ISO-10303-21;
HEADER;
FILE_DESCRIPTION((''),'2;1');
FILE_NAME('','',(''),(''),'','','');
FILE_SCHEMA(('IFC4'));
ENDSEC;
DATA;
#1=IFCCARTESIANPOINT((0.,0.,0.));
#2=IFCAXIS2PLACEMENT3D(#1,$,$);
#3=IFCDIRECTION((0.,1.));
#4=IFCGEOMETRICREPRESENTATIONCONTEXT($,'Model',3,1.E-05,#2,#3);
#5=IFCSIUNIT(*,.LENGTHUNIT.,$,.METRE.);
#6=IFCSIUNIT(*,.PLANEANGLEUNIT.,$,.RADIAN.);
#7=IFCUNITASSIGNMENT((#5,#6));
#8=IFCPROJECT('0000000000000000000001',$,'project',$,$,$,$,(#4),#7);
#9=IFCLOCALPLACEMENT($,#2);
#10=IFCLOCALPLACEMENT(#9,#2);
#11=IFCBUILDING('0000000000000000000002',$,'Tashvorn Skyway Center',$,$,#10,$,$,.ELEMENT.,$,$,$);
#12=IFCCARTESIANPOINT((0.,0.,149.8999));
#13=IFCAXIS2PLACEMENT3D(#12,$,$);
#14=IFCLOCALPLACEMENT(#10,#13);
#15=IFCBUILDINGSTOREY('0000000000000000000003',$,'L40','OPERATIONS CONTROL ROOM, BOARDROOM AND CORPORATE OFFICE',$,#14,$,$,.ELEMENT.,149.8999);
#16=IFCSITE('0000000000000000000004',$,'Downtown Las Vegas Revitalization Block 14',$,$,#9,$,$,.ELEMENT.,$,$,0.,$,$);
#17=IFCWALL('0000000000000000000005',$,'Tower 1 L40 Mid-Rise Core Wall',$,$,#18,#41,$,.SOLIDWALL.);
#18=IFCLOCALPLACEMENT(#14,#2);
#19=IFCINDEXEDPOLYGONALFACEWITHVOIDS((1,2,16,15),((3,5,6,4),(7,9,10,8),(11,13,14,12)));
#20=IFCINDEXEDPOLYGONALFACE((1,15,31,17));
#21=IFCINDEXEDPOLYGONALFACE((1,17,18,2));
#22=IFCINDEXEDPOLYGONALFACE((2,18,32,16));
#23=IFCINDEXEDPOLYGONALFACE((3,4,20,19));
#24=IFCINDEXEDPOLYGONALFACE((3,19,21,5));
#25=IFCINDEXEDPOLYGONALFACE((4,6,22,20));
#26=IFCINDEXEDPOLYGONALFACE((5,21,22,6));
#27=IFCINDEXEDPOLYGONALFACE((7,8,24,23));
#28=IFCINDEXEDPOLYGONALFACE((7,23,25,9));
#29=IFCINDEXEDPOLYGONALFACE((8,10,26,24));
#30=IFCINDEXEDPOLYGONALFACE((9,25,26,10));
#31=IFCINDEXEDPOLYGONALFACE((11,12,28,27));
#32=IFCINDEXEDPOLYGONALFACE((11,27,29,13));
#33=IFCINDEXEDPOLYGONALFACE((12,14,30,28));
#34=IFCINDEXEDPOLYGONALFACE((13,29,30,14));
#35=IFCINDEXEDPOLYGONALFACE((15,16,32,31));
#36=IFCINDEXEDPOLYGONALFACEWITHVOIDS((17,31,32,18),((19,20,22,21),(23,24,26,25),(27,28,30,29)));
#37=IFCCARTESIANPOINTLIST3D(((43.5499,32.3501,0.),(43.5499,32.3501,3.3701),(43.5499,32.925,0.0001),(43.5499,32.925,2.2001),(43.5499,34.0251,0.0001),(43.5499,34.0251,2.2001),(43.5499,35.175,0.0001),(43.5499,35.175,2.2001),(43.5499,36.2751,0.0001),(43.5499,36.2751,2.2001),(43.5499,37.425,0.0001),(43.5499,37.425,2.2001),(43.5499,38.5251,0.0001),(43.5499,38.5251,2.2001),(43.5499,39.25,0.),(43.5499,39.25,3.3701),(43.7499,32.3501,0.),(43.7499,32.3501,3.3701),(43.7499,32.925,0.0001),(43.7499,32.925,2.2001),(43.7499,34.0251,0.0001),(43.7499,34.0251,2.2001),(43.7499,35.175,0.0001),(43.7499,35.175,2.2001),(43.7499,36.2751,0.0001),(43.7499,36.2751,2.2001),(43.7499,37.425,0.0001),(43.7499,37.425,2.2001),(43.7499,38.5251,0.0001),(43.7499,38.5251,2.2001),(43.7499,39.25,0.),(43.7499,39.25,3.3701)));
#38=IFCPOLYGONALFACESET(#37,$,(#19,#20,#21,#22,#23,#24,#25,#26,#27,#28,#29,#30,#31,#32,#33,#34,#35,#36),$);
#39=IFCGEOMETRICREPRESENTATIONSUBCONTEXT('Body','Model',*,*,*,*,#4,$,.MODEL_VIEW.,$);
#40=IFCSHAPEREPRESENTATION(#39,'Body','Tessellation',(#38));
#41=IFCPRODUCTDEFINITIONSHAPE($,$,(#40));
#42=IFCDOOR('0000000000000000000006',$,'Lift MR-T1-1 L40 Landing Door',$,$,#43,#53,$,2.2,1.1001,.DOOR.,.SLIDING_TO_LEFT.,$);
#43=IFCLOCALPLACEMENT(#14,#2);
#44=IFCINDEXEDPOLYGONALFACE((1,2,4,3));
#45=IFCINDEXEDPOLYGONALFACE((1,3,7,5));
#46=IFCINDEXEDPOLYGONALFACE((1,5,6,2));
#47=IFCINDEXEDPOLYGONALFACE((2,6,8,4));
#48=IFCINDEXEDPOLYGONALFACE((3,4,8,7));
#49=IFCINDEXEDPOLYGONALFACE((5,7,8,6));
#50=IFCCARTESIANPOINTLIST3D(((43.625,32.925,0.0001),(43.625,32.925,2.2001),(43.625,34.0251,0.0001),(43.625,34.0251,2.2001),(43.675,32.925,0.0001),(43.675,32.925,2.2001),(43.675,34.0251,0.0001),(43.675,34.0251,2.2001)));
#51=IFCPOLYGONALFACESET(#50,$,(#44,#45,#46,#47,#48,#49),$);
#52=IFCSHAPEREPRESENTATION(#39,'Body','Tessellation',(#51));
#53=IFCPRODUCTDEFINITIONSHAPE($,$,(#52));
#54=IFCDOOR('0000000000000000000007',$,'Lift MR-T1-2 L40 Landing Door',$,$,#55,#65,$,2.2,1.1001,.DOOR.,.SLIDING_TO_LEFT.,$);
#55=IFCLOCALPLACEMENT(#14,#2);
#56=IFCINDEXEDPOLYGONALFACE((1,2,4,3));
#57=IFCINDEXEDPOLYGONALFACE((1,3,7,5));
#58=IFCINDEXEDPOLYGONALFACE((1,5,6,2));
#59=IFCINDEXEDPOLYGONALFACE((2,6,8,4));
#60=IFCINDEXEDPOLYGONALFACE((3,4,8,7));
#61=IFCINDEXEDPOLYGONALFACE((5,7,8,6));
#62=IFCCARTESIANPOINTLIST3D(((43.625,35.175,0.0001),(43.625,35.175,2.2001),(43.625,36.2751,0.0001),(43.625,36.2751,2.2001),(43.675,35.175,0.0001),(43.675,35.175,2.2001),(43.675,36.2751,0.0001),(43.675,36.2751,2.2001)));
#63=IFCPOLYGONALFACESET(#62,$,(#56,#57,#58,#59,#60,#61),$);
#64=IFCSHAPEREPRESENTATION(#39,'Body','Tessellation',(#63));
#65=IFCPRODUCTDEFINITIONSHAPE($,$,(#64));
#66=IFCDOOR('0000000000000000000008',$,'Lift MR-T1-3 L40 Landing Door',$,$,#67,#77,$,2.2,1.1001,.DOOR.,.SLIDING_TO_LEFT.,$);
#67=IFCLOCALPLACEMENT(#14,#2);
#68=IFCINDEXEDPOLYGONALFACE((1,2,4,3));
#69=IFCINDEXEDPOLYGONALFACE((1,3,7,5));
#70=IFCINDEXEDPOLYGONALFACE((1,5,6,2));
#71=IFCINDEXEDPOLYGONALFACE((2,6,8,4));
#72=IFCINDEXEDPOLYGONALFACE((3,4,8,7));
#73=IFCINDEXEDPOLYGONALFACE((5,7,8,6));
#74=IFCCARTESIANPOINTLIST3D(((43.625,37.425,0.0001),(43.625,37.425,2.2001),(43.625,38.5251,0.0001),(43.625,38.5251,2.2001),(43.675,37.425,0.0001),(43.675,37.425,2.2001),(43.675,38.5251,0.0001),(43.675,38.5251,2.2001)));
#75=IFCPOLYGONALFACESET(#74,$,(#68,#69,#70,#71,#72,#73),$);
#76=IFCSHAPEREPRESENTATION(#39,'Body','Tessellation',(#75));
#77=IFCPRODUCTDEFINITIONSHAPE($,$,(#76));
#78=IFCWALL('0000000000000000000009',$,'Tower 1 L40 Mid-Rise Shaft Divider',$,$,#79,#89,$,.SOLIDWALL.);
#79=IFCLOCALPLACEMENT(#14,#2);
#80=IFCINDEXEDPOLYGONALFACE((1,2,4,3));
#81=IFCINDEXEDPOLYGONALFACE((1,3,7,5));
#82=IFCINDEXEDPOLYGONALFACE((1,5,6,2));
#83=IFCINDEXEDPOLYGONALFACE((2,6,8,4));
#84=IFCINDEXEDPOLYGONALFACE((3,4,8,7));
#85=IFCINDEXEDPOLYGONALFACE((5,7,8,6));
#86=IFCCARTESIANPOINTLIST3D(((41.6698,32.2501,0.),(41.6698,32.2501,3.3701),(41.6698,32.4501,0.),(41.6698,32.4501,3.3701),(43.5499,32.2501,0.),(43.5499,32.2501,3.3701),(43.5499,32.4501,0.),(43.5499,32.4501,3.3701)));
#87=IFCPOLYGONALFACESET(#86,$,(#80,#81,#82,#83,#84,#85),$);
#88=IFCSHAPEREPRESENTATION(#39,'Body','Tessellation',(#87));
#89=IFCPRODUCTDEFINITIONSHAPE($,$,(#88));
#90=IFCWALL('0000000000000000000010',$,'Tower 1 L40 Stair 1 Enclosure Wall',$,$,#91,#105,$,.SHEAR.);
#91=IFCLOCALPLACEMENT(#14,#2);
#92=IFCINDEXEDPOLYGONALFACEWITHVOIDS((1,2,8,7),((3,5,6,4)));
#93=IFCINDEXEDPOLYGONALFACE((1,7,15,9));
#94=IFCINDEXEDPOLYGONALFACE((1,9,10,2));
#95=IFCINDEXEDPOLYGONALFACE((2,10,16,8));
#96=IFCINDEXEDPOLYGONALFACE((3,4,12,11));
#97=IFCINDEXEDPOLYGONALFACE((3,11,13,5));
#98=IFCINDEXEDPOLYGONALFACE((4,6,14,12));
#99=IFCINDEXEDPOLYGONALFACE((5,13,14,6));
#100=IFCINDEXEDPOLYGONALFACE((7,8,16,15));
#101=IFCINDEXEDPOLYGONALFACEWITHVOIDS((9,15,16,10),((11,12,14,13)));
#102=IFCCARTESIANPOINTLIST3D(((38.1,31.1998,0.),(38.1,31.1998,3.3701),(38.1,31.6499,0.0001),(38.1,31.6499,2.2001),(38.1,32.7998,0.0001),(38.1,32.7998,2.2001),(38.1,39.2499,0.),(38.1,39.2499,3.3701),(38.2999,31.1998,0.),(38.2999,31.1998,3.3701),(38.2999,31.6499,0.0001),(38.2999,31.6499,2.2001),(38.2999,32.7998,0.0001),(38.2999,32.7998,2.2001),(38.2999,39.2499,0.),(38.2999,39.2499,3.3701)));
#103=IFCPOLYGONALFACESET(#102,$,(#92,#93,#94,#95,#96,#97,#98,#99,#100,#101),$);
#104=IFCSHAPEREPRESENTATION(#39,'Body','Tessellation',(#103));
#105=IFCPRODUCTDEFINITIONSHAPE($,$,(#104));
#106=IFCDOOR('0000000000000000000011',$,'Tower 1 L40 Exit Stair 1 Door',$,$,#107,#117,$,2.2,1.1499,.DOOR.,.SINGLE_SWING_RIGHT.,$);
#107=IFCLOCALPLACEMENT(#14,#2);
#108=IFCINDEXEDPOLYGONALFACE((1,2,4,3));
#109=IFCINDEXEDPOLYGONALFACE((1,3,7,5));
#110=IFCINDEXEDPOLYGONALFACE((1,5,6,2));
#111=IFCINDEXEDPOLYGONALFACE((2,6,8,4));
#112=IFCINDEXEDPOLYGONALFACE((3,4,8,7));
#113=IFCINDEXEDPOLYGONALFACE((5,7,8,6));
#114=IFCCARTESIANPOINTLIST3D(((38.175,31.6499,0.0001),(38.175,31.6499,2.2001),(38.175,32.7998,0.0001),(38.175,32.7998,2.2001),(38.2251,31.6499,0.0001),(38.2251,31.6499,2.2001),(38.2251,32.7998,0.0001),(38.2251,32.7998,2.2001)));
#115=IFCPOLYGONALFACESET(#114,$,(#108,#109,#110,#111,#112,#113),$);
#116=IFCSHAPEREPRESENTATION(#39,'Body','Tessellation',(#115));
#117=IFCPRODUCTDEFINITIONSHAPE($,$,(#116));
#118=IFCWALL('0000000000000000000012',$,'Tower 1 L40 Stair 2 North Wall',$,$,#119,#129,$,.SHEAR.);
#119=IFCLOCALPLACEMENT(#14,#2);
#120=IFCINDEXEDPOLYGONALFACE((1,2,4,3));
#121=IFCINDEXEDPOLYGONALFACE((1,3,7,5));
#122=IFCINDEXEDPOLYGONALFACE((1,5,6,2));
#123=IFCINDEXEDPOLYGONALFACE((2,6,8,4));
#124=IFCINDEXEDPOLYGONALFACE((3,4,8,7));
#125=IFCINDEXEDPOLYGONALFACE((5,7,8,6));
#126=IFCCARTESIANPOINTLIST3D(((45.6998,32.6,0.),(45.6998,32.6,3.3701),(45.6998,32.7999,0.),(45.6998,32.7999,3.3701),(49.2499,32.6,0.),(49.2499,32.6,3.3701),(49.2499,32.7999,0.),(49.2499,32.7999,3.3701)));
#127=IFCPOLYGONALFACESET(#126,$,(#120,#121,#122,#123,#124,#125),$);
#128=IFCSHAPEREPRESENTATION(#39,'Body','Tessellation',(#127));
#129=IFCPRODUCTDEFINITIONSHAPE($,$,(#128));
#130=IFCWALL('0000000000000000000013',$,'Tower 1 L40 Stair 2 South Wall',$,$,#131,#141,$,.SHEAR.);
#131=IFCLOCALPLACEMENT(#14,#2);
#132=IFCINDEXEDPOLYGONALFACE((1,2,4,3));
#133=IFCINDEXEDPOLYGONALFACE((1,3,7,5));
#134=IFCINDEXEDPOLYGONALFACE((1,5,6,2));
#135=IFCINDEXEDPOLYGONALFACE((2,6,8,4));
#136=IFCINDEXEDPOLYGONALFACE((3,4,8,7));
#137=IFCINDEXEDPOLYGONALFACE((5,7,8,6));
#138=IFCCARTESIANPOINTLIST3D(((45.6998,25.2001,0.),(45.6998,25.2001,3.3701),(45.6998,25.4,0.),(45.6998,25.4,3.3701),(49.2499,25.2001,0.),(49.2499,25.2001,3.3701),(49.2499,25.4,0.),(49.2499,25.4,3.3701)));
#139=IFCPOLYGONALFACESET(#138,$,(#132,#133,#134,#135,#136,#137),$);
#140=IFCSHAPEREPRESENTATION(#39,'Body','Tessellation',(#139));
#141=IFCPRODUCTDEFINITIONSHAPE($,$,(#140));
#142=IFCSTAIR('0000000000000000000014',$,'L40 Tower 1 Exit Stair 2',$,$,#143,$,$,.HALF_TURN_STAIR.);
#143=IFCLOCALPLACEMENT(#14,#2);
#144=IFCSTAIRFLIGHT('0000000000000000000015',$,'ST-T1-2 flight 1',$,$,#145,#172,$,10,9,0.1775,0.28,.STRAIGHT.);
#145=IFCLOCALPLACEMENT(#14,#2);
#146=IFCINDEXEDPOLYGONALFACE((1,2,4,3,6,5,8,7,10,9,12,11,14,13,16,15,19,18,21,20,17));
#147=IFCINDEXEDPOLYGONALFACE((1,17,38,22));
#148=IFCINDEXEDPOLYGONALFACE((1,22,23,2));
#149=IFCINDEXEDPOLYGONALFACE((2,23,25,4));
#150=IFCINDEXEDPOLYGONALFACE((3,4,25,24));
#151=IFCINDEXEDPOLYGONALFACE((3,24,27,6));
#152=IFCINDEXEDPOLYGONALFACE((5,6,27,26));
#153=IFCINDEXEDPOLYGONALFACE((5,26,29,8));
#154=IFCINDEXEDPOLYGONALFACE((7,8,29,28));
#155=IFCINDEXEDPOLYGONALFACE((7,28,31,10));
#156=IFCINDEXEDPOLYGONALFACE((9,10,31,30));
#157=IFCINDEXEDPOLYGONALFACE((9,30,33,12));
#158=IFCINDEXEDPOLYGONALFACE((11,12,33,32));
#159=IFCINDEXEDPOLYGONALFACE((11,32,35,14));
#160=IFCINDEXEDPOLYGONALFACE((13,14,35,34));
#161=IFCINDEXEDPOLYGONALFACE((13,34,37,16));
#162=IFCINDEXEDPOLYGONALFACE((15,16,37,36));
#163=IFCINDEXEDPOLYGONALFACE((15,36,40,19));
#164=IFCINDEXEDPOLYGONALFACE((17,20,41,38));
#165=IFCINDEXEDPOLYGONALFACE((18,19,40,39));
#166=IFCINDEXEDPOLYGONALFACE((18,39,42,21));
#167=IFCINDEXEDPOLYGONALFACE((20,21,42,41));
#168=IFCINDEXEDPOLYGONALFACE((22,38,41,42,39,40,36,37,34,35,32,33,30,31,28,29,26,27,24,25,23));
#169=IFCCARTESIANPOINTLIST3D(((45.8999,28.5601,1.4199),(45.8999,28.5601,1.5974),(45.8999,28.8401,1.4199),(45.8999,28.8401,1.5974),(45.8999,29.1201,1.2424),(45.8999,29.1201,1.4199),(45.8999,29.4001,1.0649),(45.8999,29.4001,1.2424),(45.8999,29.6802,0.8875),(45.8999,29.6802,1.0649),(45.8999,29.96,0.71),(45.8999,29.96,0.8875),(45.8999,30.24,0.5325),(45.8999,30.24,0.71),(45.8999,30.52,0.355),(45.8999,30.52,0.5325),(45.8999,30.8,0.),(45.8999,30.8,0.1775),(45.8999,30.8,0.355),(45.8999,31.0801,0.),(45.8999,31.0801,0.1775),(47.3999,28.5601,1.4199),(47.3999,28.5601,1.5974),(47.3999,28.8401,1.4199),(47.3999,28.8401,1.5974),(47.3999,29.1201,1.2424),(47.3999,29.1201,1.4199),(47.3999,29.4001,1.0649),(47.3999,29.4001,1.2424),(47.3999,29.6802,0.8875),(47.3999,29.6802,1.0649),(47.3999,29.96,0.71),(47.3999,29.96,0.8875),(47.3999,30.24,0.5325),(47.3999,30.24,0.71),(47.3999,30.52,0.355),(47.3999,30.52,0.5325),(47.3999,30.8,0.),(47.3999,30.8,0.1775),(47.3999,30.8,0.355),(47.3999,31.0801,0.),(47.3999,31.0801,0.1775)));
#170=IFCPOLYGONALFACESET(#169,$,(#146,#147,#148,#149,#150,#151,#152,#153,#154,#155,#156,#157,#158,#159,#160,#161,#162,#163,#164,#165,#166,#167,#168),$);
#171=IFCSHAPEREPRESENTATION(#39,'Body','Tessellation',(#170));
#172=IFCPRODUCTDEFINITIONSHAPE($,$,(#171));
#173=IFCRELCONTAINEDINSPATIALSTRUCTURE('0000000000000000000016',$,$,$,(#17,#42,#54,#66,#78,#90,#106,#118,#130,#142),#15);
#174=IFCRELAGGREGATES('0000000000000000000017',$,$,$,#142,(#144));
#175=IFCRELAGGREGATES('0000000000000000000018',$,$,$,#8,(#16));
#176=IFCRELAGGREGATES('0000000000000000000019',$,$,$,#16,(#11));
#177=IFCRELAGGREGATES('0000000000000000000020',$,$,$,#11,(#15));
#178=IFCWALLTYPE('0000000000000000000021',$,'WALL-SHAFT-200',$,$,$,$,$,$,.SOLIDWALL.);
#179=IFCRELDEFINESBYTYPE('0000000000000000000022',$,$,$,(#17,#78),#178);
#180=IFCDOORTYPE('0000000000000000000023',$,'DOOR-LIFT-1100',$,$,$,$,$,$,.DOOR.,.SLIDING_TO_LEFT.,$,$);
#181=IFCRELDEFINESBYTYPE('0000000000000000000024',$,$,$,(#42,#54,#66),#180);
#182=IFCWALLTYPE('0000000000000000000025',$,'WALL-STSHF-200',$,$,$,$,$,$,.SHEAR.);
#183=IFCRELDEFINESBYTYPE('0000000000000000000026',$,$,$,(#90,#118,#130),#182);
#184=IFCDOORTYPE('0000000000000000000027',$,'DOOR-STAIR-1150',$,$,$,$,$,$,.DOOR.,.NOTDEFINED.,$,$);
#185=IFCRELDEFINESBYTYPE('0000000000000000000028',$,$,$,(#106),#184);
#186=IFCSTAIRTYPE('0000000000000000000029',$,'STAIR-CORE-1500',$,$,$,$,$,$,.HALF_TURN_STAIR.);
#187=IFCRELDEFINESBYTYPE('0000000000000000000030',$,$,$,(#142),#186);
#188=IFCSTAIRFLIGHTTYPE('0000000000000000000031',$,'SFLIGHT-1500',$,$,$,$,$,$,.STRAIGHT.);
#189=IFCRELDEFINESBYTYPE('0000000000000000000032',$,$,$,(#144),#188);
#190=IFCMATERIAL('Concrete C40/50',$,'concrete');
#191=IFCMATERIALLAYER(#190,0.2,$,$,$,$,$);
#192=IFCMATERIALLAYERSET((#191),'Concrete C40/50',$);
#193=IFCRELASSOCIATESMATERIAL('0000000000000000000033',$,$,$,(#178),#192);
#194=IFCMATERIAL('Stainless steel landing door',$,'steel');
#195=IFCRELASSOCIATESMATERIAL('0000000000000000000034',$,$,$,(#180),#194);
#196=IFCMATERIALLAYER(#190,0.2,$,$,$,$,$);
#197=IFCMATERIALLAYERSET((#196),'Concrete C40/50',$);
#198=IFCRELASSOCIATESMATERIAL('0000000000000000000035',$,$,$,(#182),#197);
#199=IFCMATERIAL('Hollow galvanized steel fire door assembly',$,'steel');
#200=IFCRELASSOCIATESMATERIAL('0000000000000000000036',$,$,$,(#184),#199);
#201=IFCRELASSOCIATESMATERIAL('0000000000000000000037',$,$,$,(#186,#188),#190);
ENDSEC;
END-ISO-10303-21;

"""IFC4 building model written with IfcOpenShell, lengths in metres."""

from ifc_helpers import new_model, si_unit, direction, frame, frame_2d, origin, place, context, subcontext, project, spatial, polyline, rectangle, outline, extrude, material, layer, layer_set, type_object, element, fill, aggregate, save


model = new_model("IFC4")

# Units and contexts
model_context = context("Model", 3, precision=1e-05, world=origin(), true_north=direction((0.0, 1.0)))
body_context = subcontext(model_context, "Body", "Model", "MODEL_VIEW")
ifc_project = project(units=[si_unit("LENGTHUNIT", "METRE"), si_unit("PLANEANGLEUNIT", "RADIAN")], contexts=[model_context])

# Site, building, storey
site_placement = place(None, origin())
site = spatial("IfcSite", under=ifc_project, at=site_placement, Name="Downtown Las Vegas Revitalization Block 14", CompositionType="ELEMENT", RefElevation=0.0)
building_placement = place(site_placement, origin())
building = spatial("IfcBuilding", under=site, at=building_placement, Name="Tashvorn Skyway Center", CompositionType="ELEMENT")
storey_placement = place(building_placement, frame((0.0, 0.0, 149.8999)))
storey = spatial("IfcBuildingStorey", under=building, at=storey_placement, Name="L40", Description="OPERATIONS CONTROL ROOM, BOARDROOM AND CORPORATE OFFICE", CompositionType="ELEMENT", Elevation=149.8999)

# Shared definitions
ifc_material_1 = material(Name="Concrete C40/50", Category="concrete")
ifc_material_2 = material(Name="Hollow galvanized steel fire door assembly", Category="steel")

# Wall, openings, doors
ifc_layer_1 = layer(ifc_material_1, 0.2)
ifc_layer_set_1 = layer_set([ifc_layer_1], Name="Concrete C40/50")
wall_type_1 = type_object("IfcWallType", Name="WALL-SHAFT-200", PredefinedType="SOLIDWALL", material=ifc_layer_set_1)
wall_1_placement = place(storey_placement, frame((43.6499, 32.3501, 0.0), z_axis=(0.0, 0.0, 1.0), x_axis=(0.0, 1.0, 0.0)))
wall_1 = element("IfcWall", 1, at=wall_1_placement, inside=storey, type_object=wall_type_1, Name="Tower 1 L40 Mid-Rise Core Wall", PredefinedType="SOLIDWALL", context=body_context, shape_type="SweptSolid", body=[
    extrude(rectangle(XDim=6.8999, YDim=0.2, at=frame_2d((3.45, 0.0))), origin(), (0.0, 0.0, 1.0), 3.3701),
])
opening_1_placement = place(wall_1_placement, frame((0.575, 0.0, 0.0)))
opening_1 = element("IfcOpeningElement", 2, at=opening_1_placement, cuts=wall_1, PredefinedType="OPENING", context=body_context, shape_type="SweptSolid", body=[
    extrude(rectangle(XDim=1.1001, YDim=2.2, at=frame_2d((0.55, 1.1001))), frame((0.0, 0.1099, 0.0), z_axis=(0.0, -1.0, 0.0), x_axis=(1.0, 0.0, 0.0)), (0.0, 0.0, 1.0), 0.22),
])
opening_2_placement = place(wall_1_placement, frame((2.825, 0.0, 0.0)))
opening_2 = element("IfcOpeningElement", 3, at=opening_2_placement, cuts=wall_1, PredefinedType="OPENING", context=body_context, shape_type="SweptSolid", body=[
    extrude(rectangle(XDim=1.1001, YDim=2.2, at=frame_2d((0.55, 1.1001))), frame((0.0, 0.1099, 0.0), z_axis=(0.0, -1.0, 0.0), x_axis=(1.0, 0.0, 0.0)), (0.0, 0.0, 1.0), 0.22),
])
opening_3_placement = place(wall_1_placement, frame((5.075, 0.0, 0.0)))
opening_3 = element("IfcOpeningElement", 4, at=opening_3_placement, cuts=wall_1, PredefinedType="OPENING", context=body_context, shape_type="SweptSolid", body=[
    extrude(rectangle(XDim=1.1001, YDim=2.2, at=frame_2d((0.55, 1.1001))), frame((0.0, 0.1099, 0.0), z_axis=(0.0, -1.0, 0.0), x_axis=(1.0, 0.0, 0.0)), (0.0, 0.0, 1.0), 0.22),
])
ifc_material_3 = material(Name="Stainless steel landing door", Category="steel")
door_type_1 = type_object("IfcDoorType", Name="DOOR-LIFT-1100", OperationType="SLIDING_TO_LEFT", PredefinedType="DOOR", material=ifc_material_3)
door_1_placement = place(opening_1_placement, origin())
door_1 = element("IfcDoor", 5, at=door_1_placement, inside=storey, type_object=door_type_1, Name="Lift MR-T1-1 L40 Landing Door", OperationType="SLIDING_TO_LEFT", OverallHeight=2.2, OverallWidth=1.1001, PredefinedType="DOOR", context=body_context, shape_type="SweptSolid", body=[
    extrude(rectangle(XDim=1.1001, YDim=2.2, at=frame_2d((0.55, 1.1001))), frame((0.0, 0.0249, 0.0), z_axis=(0.0, -1.0, 0.0), x_axis=(1.0, 0.0, 0.0)), (0.0, 0.0, 1.0), 0.05),
])
fill(opening_1, door_1)
door_2_placement = place(opening_2_placement, origin())
door_2 = element("IfcDoor", 6, at=door_2_placement, inside=storey, type_object=door_type_1, Name="Lift MR-T1-2 L40 Landing Door", OperationType="SLIDING_TO_LEFT", OverallHeight=2.2, OverallWidth=1.1001, PredefinedType="DOOR", context=body_context, shape_type="SweptSolid", body=[
    extrude(rectangle(XDim=1.1001, YDim=2.2, at=frame_2d((0.55, 1.1001))), frame((0.0, 0.0249, 0.0), z_axis=(0.0, -1.0, 0.0), x_axis=(1.0, 0.0, 0.0)), (0.0, 0.0, 1.0), 0.05),
])
fill(opening_2, door_2)
door_3_placement = place(opening_3_placement, origin())
door_3 = element("IfcDoor", 7, at=door_3_placement, inside=storey, type_object=door_type_1, Name="Lift MR-T1-3 L40 Landing Door", OperationType="SLIDING_TO_LEFT", OverallHeight=2.2, OverallWidth=1.1001, PredefinedType="DOOR", context=body_context, shape_type="SweptSolid", body=[
    extrude(rectangle(XDim=1.1001, YDim=2.2, at=frame_2d((0.55, 1.1001))), frame((0.0, 0.0249, 0.0), z_axis=(0.0, -1.0, 0.0), x_axis=(1.0, 0.0, 0.0)), (0.0, 0.0, 1.0), 0.05),
])
fill(opening_3, door_3)

# Wall
wall_2_placement = place(storey_placement, frame((41.6699, 32.3501, 0.0), z_axis=(0.0, 0.0, 1.0), x_axis=(1.0, 0.0, 0.0)))
element("IfcWall", 8, at=wall_2_placement, inside=storey, type_object=wall_type_1, Name="Tower 1 L40 Mid-Rise Shaft Divider", PredefinedType="SOLIDWALL", context=body_context, shape_type="SweptSolid", body=[
    extrude(rectangle(XDim=1.8801, YDim=0.2, at=frame_2d((0.9399, 0.0))), origin(), (0.0, 0.0, 1.0), 3.3701),
])

# Wall, opening, door
ifc_layer_2 = layer(ifc_material_1, 0.2)
ifc_layer_set_2 = layer_set([ifc_layer_2], Name="Concrete C40/50")
wall_type_2 = type_object("IfcWallType", Name="WALL-STSHF-200", PredefinedType="SHEAR", material=ifc_layer_set_2)
wall_3_placement = place(storey_placement, frame((38.2, 31.2, 0.0), z_axis=(0.0, 0.0, 1.0), x_axis=(0.0, 1.0, 0.0)))
wall_3 = element("IfcWall", 9, at=wall_3_placement, inside=storey, type_object=wall_type_2, Name="Tower 1 L40 Stair 1 Enclosure Wall", PredefinedType="SHEAR", context=body_context, shape_type="SweptSolid", body=[
    extrude(rectangle(XDim=8.05, YDim=0.2, at=frame_2d((4.0249, 0.0))), origin(), (0.0, 0.0, 1.0), 3.3701),
])
opening_4_placement = place(wall_3_placement, frame((0.45, 0.0, 0.0)))
opening_4 = element("IfcOpeningElement", 10, at=opening_4_placement, cuts=wall_3, PredefinedType="OPENING", context=body_context, shape_type="SweptSolid", body=[
    extrude(rectangle(XDim=1.1499, YDim=2.2, at=frame_2d((0.575, 1.1001))), frame((0.0, 0.1099, 0.0), z_axis=(0.0, -1.0, 0.0), x_axis=(1.0, 0.0, 0.0)), (0.0, 0.0, 1.0), 0.22),
])
door_type_2 = type_object("IfcDoorType", Name="DOOR-STAIR-1150", OperationType="NOTDEFINED", PredefinedType="DOOR", material=ifc_material_2)
door_4_placement = place(opening_4_placement, origin())
door_4 = element("IfcDoor", 11, at=door_4_placement, inside=storey, type_object=door_type_2, Name="Tower 1 L40 Exit Stair 1 Door", OperationType="SINGLE_SWING_RIGHT", OverallHeight=2.2, OverallWidth=1.1499, PredefinedType="DOOR", context=body_context, shape_type="SweptSolid", body=[
    extrude(rectangle(XDim=1.1499, YDim=2.2, at=frame_2d((0.575, 1.1001))), frame((0.0, 0.0249, 0.0), z_axis=(0.0, -1.0, 0.0), x_axis=(1.0, 0.0, 0.0)), (0.0, 0.0, 1.0), 0.05),
])
fill(opening_4, door_4)

# Walls
for number, where, z_axis, x_axis, name in (
    (12, (45.7, 32.7, 0.0), (0.0, 0.0, 1.0), (1.0, 0.0, 0.0), "Tower 1 L40 Stair 2 North Wall"),
    (13, (45.7, 25.3, 0.0), (0.0, 0.0, 1.0), (1.0, 0.0, 0.0), "Tower 1 L40 Stair 2 South Wall"),
):
    element("IfcWall", number, at=place(storey_placement, frame(where, z_axis=z_axis, x_axis=x_axis)), inside=storey, type_object=wall_type_2, Name=name, PredefinedType="SHEAR", context=body_context, shape_type="SweptSolid", body=[
        extrude(rectangle(XDim=3.55, YDim=0.2, at=frame_2d((1.7749, 0.0))), origin(), (0.0, 0.0, 1.0), 3.3701),
    ])

# Stair, stair flight
stair_type = type_object("IfcStairType", Name="STAIR-CORE-1500", PredefinedType="HALF_TURN_STAIR", material=ifc_material_1)
stair_placement = place(storey_placement, origin())
stair = element("IfcStair", 14, at=stair_placement, inside=storey, type_object=stair_type, Name="L40 Tower 1 Exit Stair 2", PredefinedType="HALF_TURN_STAIR")
stair_flight_type = type_object("IfcStairFlightType", Name="SFLIGHT-1500", PredefinedType="STRAIGHT", material=ifc_material_1)
stair_flight_placement = place(storey_placement, frame((46.6499, 31.0801, 0.0), z_axis=(0.0, 0.0, 1.0), x_axis=(0.0, -1.0, 0.0)))
stair_flight = element("IfcStairFlight", 15, at=stair_flight_placement, type_object=stair_flight_type, Name="ST-T1-2 flight 1", NumberOfRisers=10, NumberOfTreads=9, PredefinedType="STRAIGHT", RiserHeight=0.1775, TreadLength=0.28, context=body_context, shape_type="SweptSolid", body=[
    extrude(outline(polyline([(0.0, 0.0), (0.0, 0.1775), (0.28, 0.1775), (0.28, 0.355), (0.5601, 0.355), (0.5601, 0.5325), (0.8401, 0.5325), (0.8401, 0.71), (1.1201, 0.71), (1.1201, 0.8875), (1.3999, 0.8875), (1.3999, 1.0649), (1.6799, 1.0649), (1.6799, 1.2424), (1.96, 1.2424), (1.96, 1.4199), (2.24, 1.4199), (2.24, 1.5974), (2.52, 1.5974), (2.52, 1.7749), (2.52, 1.4199), (0.28, 0.0), (0.0, 0.0)])), frame((0.0, 0.75, 0.0), z_axis=(0.0, -1.0, 0.0), x_axis=(1.0, 0.0, 0.0)), (0.0, 0.0, 1.0), 1.5),
])
aggregate(stair, [stair_flight])

save(model, "model.ifc")
